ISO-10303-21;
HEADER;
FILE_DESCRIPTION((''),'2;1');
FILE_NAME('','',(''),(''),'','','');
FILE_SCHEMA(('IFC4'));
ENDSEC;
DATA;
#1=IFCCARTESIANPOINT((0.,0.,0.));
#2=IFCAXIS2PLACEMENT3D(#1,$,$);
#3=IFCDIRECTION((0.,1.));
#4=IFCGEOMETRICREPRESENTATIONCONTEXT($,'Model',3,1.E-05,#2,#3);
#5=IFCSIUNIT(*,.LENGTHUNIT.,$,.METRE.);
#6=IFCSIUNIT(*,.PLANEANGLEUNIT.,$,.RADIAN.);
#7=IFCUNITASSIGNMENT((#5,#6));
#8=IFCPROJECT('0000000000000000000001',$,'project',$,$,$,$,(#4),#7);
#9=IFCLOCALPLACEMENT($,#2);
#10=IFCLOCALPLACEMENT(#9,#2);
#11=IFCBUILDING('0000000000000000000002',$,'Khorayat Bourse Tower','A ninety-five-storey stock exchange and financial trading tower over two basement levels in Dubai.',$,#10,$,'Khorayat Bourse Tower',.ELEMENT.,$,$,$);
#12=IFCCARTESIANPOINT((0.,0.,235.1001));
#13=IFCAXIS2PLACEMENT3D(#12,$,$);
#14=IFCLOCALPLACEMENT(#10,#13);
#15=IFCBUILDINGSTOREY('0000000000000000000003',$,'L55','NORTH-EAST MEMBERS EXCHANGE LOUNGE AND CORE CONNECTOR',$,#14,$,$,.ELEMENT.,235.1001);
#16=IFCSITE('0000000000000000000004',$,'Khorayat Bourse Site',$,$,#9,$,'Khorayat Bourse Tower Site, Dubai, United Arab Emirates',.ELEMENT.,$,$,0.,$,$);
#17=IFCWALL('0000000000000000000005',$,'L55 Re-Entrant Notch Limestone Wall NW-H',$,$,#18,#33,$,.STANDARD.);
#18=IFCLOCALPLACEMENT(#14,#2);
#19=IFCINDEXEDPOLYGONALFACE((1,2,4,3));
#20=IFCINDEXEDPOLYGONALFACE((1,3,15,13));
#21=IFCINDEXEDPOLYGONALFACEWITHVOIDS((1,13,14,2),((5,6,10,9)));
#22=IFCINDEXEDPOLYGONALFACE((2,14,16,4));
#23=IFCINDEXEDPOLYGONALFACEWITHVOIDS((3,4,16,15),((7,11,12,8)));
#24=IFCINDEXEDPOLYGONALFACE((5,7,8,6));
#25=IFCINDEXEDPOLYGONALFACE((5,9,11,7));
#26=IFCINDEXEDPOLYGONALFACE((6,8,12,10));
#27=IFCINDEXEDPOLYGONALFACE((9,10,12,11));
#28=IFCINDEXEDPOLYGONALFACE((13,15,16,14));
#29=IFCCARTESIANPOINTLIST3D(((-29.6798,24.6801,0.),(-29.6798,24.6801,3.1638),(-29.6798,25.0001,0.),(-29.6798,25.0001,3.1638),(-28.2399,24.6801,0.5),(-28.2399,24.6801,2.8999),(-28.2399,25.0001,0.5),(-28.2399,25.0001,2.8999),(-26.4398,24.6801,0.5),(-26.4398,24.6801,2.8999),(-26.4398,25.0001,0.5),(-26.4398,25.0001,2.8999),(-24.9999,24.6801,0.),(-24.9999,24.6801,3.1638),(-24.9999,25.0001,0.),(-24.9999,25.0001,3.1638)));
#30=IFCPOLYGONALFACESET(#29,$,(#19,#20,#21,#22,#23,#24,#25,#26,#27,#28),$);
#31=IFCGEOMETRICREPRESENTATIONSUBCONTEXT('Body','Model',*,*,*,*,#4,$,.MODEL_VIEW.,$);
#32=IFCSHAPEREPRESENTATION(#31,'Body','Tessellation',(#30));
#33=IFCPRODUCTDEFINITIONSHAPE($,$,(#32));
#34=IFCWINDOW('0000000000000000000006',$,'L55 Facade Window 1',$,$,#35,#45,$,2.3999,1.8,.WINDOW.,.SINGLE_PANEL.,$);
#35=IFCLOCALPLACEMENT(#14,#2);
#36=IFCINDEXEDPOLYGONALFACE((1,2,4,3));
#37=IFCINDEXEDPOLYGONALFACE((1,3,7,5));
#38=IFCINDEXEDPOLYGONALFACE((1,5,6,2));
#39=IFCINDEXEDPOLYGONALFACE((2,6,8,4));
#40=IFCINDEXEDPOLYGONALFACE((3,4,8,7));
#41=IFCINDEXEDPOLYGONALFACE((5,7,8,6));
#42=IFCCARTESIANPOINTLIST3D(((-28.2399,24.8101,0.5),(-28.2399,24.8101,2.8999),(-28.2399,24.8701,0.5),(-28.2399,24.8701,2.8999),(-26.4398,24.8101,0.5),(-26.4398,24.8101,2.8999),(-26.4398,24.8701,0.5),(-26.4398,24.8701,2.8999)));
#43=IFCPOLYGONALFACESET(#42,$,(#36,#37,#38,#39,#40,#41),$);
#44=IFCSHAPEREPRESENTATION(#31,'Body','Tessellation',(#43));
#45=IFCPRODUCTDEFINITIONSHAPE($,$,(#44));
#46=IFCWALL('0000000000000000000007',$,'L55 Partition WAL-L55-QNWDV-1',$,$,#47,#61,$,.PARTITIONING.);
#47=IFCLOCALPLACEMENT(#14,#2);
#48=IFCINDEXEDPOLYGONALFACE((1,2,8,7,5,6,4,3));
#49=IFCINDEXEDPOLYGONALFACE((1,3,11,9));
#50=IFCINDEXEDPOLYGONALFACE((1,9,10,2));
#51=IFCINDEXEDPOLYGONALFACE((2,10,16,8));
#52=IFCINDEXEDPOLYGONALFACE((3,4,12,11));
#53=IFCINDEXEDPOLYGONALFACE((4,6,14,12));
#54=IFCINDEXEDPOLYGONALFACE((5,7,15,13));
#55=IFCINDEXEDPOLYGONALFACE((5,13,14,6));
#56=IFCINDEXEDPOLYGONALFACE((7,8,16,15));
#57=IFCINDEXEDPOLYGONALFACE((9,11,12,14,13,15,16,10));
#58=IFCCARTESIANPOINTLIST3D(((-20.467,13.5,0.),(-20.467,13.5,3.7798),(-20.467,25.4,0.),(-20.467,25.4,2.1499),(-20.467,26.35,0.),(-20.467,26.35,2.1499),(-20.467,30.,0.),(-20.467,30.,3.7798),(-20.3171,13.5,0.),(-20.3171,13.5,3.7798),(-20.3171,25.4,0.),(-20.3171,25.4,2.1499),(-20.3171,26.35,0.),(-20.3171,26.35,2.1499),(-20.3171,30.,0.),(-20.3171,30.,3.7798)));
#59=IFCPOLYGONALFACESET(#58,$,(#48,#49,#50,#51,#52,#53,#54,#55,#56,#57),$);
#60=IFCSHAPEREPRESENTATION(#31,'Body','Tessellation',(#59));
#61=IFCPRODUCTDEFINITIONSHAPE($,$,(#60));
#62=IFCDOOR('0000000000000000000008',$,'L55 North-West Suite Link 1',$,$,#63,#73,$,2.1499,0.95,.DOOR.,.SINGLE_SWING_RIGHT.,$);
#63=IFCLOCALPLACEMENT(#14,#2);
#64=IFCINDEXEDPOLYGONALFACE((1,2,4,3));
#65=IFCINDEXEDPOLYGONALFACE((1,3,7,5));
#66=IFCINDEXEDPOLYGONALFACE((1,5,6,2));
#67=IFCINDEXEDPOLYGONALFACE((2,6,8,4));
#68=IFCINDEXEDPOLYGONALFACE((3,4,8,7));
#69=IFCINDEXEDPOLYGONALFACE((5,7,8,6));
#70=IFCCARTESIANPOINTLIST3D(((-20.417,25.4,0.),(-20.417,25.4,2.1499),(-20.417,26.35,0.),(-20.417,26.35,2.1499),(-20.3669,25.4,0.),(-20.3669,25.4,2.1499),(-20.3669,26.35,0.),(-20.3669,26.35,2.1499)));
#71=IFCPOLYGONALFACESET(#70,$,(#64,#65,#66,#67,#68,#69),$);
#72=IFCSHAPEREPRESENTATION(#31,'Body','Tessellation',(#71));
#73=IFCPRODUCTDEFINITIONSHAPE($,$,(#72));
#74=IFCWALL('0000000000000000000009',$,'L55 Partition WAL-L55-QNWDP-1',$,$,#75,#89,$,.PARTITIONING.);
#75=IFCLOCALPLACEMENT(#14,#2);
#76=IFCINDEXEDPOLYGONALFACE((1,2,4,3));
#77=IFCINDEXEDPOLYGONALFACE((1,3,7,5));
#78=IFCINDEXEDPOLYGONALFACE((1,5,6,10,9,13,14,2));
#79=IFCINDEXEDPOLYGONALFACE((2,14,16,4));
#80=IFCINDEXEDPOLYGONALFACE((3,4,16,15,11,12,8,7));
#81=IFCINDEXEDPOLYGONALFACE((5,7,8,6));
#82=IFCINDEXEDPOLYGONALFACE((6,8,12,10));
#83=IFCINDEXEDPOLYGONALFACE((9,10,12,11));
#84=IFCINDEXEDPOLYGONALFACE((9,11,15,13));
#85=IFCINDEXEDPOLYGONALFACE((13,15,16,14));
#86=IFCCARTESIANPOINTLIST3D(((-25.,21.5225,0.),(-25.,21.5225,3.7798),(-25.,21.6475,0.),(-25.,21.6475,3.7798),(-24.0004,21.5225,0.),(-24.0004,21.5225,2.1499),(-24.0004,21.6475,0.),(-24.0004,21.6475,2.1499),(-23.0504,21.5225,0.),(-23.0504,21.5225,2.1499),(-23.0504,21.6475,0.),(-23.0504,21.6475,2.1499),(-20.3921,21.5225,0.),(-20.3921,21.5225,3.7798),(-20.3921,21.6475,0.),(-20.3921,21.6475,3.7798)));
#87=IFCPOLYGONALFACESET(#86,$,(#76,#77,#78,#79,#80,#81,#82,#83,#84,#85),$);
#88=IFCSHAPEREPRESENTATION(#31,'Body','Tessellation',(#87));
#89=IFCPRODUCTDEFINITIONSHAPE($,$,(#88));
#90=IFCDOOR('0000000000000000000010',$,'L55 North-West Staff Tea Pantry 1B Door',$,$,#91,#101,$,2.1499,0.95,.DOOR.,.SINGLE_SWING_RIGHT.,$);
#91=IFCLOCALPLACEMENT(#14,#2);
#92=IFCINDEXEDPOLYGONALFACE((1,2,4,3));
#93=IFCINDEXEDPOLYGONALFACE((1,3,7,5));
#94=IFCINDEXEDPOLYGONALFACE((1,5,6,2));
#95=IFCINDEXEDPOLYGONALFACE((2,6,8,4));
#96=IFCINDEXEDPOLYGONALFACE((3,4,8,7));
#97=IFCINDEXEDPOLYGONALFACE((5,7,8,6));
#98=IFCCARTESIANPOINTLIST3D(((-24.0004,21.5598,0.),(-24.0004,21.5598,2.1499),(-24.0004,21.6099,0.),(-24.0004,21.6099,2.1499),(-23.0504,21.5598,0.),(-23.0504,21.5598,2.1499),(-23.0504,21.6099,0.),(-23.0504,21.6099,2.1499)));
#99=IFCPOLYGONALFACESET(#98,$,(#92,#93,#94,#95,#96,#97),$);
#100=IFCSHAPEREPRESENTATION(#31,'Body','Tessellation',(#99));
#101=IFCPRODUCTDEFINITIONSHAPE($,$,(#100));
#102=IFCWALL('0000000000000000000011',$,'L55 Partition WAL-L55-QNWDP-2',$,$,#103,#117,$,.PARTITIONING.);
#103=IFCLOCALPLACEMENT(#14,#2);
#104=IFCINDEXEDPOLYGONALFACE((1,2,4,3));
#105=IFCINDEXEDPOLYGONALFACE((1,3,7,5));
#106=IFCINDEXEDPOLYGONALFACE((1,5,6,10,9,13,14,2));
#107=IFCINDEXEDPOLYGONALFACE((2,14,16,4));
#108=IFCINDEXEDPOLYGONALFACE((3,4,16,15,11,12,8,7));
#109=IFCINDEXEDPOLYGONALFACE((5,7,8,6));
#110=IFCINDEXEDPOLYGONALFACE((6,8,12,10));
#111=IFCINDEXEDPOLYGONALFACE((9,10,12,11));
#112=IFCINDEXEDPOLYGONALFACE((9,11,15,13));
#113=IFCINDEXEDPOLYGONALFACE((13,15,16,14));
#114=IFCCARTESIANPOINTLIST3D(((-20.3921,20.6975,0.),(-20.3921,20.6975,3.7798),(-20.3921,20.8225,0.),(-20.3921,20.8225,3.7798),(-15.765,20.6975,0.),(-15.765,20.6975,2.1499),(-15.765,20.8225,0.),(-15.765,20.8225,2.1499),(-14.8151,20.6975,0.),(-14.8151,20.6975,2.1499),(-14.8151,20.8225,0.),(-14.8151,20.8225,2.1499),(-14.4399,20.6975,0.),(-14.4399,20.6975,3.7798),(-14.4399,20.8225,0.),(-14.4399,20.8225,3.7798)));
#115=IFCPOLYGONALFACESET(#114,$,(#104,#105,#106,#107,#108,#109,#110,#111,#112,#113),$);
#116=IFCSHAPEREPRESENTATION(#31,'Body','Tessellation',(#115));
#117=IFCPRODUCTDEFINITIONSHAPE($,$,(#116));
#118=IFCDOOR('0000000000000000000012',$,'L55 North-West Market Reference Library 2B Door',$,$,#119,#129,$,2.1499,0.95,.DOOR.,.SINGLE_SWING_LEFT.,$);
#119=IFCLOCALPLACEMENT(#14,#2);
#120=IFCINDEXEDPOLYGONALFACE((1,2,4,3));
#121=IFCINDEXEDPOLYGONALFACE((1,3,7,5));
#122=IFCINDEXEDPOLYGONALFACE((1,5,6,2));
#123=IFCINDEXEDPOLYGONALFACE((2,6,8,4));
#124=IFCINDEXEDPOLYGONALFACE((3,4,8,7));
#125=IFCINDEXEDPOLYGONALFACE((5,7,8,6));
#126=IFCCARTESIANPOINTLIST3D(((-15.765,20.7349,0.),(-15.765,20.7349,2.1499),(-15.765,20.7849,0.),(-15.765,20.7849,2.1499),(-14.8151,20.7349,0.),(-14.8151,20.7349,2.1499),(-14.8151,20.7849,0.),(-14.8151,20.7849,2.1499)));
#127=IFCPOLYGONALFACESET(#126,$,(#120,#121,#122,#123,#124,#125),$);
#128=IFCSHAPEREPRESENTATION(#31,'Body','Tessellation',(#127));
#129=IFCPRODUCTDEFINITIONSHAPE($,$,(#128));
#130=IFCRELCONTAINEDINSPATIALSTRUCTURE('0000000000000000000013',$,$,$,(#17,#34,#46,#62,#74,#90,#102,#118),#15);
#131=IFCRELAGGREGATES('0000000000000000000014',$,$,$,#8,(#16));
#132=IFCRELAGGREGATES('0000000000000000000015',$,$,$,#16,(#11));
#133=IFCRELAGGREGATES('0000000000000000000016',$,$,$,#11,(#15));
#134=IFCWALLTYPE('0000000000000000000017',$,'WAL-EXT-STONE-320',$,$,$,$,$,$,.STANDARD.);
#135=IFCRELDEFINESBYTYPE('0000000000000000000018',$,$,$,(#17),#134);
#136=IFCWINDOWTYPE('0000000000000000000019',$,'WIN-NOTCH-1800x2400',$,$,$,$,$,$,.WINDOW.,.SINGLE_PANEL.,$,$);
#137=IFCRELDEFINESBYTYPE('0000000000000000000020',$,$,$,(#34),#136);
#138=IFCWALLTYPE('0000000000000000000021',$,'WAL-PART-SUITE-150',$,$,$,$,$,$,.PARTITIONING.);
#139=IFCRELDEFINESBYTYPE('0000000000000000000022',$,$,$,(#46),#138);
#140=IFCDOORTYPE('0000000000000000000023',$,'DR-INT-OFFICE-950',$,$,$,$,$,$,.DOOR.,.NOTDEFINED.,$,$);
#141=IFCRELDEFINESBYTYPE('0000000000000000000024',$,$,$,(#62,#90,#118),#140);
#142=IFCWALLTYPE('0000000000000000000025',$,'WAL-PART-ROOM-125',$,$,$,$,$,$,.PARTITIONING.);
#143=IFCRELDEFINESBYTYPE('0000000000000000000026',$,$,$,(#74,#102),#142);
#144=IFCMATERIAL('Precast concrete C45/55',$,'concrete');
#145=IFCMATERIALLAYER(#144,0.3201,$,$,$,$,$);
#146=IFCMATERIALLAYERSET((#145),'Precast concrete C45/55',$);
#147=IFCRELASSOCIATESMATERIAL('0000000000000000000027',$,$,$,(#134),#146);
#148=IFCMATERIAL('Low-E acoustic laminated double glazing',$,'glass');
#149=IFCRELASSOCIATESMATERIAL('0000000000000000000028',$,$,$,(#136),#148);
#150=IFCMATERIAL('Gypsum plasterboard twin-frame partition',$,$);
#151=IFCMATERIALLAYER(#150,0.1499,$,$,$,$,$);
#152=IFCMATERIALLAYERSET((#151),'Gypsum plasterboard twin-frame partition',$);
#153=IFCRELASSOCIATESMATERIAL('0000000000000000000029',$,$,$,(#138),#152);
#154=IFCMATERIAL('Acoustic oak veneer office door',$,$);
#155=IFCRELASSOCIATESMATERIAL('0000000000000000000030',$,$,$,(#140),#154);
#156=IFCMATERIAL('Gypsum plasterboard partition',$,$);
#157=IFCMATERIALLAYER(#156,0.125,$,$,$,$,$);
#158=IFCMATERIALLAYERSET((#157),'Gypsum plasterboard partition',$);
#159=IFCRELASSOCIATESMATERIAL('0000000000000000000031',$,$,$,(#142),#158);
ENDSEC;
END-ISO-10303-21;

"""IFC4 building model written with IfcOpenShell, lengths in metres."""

from ifc_helpers import new_model, si_unit, direction, frame, frame_2d, origin, place, context, subcontext, project, spatial, rectangle, extrude, source, transform, mapped, material, layer, layer_set, type_object, element, fill, save


model = new_model("IFC4")

# Units and contexts
model_context = context("Model", 3, precision=1e-05, world=origin(), true_north=direction((0.0, 1.0)))
body_context = subcontext(model_context, "Body", "Model", "MODEL_VIEW")
ifc_project = project(units=[si_unit("LENGTHUNIT", "METRE"), si_unit("PLANEANGLEUNIT", "RADIAN")], contexts=[model_context])

# Site, building, storey
site_placement = place(None, origin())
site = spatial("IfcSite", under=ifc_project, at=site_placement, Name="Khorayat Bourse Site", LongName="Khorayat Bourse Tower Site, Dubai, United Arab Emirates", CompositionType="ELEMENT", RefElevation=0.0)
building_placement = place(site_placement, origin())
building = spatial("IfcBuilding", under=site, at=building_placement, Name="Khorayat Bourse Tower", Description="A ninety-five-storey stock exchange and financial trading tower over two basement levels in Dubai.", LongName="Khorayat Bourse Tower", CompositionType="ELEMENT")
storey_placement = place(building_placement, frame((0.0, 0.0, 235.1001)))
storey = spatial("IfcBuildingStorey", under=building, at=storey_placement, Name="L55", Description="NORTH-EAST MEMBERS EXCHANGE LOUNGE AND CORE CONNECTOR", CompositionType="ELEMENT", Elevation=235.1001)

# Wall, opening, window
ifc_material_1 = material(Name="Precast concrete C45/55", Category="concrete")
ifc_layer_1 = layer(ifc_material_1, 0.3201)
ifc_layer_set_1 = layer_set([ifc_layer_1], Name="Precast concrete C45/55")
wall_type_1 = type_object("IfcWallType", Name="WAL-EXT-STONE-320", PredefinedType="STANDARD", material=ifc_layer_set_1)
shared_shape_1 = source(origin(), body_context, "Body", "SweptSolid", [
    extrude(rectangle(XDim=4.6799, YDim=0.3201, at=frame_2d((2.3398, 0.0))), origin(), (0.0, 0.0, 1.0), 3.1638),
])
shared_shape_2 = source(origin(), body_context, "Body", "SweptSolid", [
    extrude(rectangle(XDim=1.8, YDim=2.3999, at=frame_2d((0.8999, 1.2))), frame((0.0, 0.1699, 0.0), z_axis=(0.0, -1.0, 0.0), x_axis=(1.0, 0.0, 0.0)), (0.0, 0.0, 1.0), 0.3401),
])
ifc_material_2 = material(Name="Low-E acoustic laminated double glazing", Category="glass")
window_type = type_object("IfcWindowType", Name="WIN-NOTCH-1800x2400", PartitioningType="SINGLE_PANEL", PredefinedType="WINDOW", material=ifc_material_2)
shared_shape_3 = source(origin(), body_context, "Body", "SweptSolid", [
    extrude(rectangle(XDim=1.8, YDim=2.3999, at=frame_2d((0.8999, 1.2))), frame((0.0, 0.03, 0.0), z_axis=(0.0, -1.0, 0.0), x_axis=(1.0, 0.0, 0.0)), (0.0, 0.0, 1.0), 0.0601),
])
wall_1_placement = place(storey_placement, frame((-25.0, 24.8401, 0.0), z_axis=(0.0, 0.0, 1.0), x_axis=(-1.0, 0.0, 0.0)))
wall_1 = element("IfcWall", 1, at=wall_1_placement, inside=storey, type_object=wall_type_1, Name="L55 Re-Entrant Notch Limestone Wall NW-H", PredefinedType="STANDARD", context=body_context, shape_type="MappedRepresentation", body=[
    mapped(shared_shape_1, transform((0.0, 0.0, 0.0), scale=1.0)),
])
opening_1_placement = place(wall_1_placement, frame((1.4399, 0.0, 0.5)))
opening_1 = element("IfcOpeningElement", 2, at=opening_1_placement, cuts=wall_1, PredefinedType="OPENING", context=body_context, shape_type="MappedRepresentation", body=[
    mapped(shared_shape_2, transform((0.0, 0.0, 0.0), scale=1.0)),
])
window_1_placement = place(opening_1_placement, origin())
window_1 = element("IfcWindow", 3, at=window_1_placement, inside=storey, type_object=window_type, Name="L55 Facade Window 1", OverallHeight=2.3999, OverallWidth=1.8, PartitioningType="SINGLE_PANEL", PredefinedType="WINDOW", context=body_context, shape_type="MappedRepresentation", body=[
    mapped(shared_shape_3, transform((0.0, 0.0, 0.0), scale=1.0)),
])
fill(opening_1, window_1)

# Walls, openings, doors
ifc_material_3 = material(Name="Gypsum plasterboard twin-frame partition")
ifc_layer_2 = layer(ifc_material_3, 0.1499)
ifc_layer_set_2 = layer_set([ifc_layer_2], Name="Gypsum plasterboard twin-frame partition")
wall_type_2 = type_object("IfcWallType", Name="WAL-PART-SUITE-150", PredefinedType="PARTITIONING", material=ifc_layer_set_2)
shared_shape_4 = source(origin(), body_context, "Body", "SweptSolid", [
    extrude(rectangle(XDim=16.5, YDim=0.1499, at=frame_2d((8.25, 0.0))), origin(), (0.0, 0.0, 1.0), 3.7798),
])
wall_2_placement = place(storey_placement, frame((-20.3921, 13.5, 0.0), z_axis=(0.0, 0.0, 1.0), x_axis=(0.0, 1.0, 0.0)))
wall_2 = element("IfcWall", 4, at=wall_2_placement, inside=storey, type_object=wall_type_2, Name="L55 Partition WAL-L55-QNWDV-1", PredefinedType="PARTITIONING", context=body_context, shape_type="MappedRepresentation", body=[
    mapped(shared_shape_4, transform((0.0, 0.0, 0.0), scale=1.0)),
])
shared_shape_5 = source(origin(), body_context, "Body", "SweptSolid", [
    extrude(rectangle(XDim=0.95, YDim=2.1499, at=frame_2d((0.4751, 1.075))), frame((0.0, 0.085, 0.0), z_axis=(0.0, -1.0, 0.0), x_axis=(1.0, 0.0, 0.0)), (0.0, 0.0, 1.0), 0.1699),
])
opening_2_placement = place(wall_2_placement, frame((11.8999, 0.0, 0.0)))
opening_2 = element("IfcOpeningElement", 5, at=opening_2_placement, cuts=wall_2, PredefinedType="OPENING", context=body_context, shape_type="MappedRepresentation", body=[
    mapped(shared_shape_5, transform((0.0, 0.0, 0.0), scale=1.0)),
])
ifc_material_4 = material(Name="Acoustic oak veneer office door")
door_type = type_object("IfcDoorType", Name="DR-INT-OFFICE-950", OperationType="NOTDEFINED", PredefinedType="DOOR", material=ifc_material_4)
shared_shape_6 = source(origin(), body_context, "Body", "SweptSolid", [
    extrude(rectangle(XDim=0.95, YDim=2.1499, at=frame_2d((0.4751, 1.075))), frame((0.0, 0.0249, 0.0), z_axis=(0.0, -1.0, 0.0), x_axis=(1.0, 0.0, 0.0)), (0.0, 0.0, 1.0), 0.05),
])
door_1_placement = place(opening_2_placement, origin())
door_1 = element("IfcDoor", 6, at=door_1_placement, inside=storey, type_object=door_type, Name="L55 North-West Suite Link 1", OperationType="SINGLE_SWING_RIGHT", OverallHeight=2.1499, OverallWidth=0.95, PredefinedType="DOOR", context=body_context, shape_type="MappedRepresentation", body=[
    mapped(shared_shape_6, transform((0.0, 0.0, 0.0), scale=1.0)),
])
fill(opening_2, door_1)
ifc_material_5 = material(Name="Gypsum plasterboard partition")
ifc_layer_3 = layer(ifc_material_5, 0.125)
ifc_layer_set_3 = layer_set([ifc_layer_3], Name="Gypsum plasterboard partition")
wall_type_3 = type_object("IfcWallType", Name="WAL-PART-ROOM-125", PredefinedType="PARTITIONING", material=ifc_layer_set_3)
shared_shape_7 = source(origin(), body_context, "Body", "SweptSolid", [
    extrude(rectangle(XDim=4.6079, YDim=0.125, at=frame_2d((2.304, 0.0))), origin(), (0.0, 0.0, 1.0), 3.7798),
])
wall_3_placement = place(storey_placement, frame((-25.0, 21.585, 0.0), z_axis=(0.0, 0.0, 1.0), x_axis=(1.0, 0.0, 0.0)))
wall_3 = element("IfcWall", 7, at=wall_3_placement, inside=storey, type_object=wall_type_3, Name="L55 Partition WAL-L55-QNWDP-1", PredefinedType="PARTITIONING", context=body_context, shape_type="MappedRepresentation", body=[
    mapped(shared_shape_7, transform((0.0, 0.0, 0.0), scale=1.0)),
])
shared_shape_8 = source(origin(), body_context, "Body", "SweptSolid", [
    extrude(rectangle(XDim=0.95, YDim=2.1499, at=frame_2d((0.4751, 1.075))), frame((0.0, 0.0725, 0.0), z_axis=(0.0, -1.0, 0.0), x_axis=(1.0, 0.0, 0.0)), (0.0, 0.0, 1.0), 0.145),
])
opening_3_placement = place(wall_3_placement, frame((0.9995, 0.0, 0.0)))
opening_3 = element("IfcOpeningElement", 8, at=opening_3_placement, cuts=wall_3, PredefinedType="OPENING", context=body_context, shape_type="MappedRepresentation", body=[
    mapped(shared_shape_8, transform((0.0, 0.0, 0.0), scale=1.0)),
])
door_2_placement = place(opening_3_placement, origin())
door_2 = element("IfcDoor", 9, at=door_2_placement, inside=storey, type_object=door_type, Name="L55 North-West Staff Tea Pantry 1B Door", OperationType="SINGLE_SWING_RIGHT", OverallHeight=2.1499, OverallWidth=0.95, PredefinedType="DOOR", context=body_context, shape_type="MappedRepresentation", body=[
    mapped(shared_shape_6, transform((0.0, 0.0, 0.0), scale=1.0)),
])
fill(opening_3, door_2)
shared_shape_9 = source(origin(), body_context, "Body", "SweptSolid", [
    extrude(rectangle(XDim=5.9521, YDim=0.125, at=frame_2d((2.9761, 0.0))), origin(), (0.0, 0.0, 1.0), 3.7798),
])
wall_4_placement = place(storey_placement, frame((-20.3921, 20.76, 0.0), z_axis=(0.0, 0.0, 1.0), x_axis=(1.0, 0.0, 0.0)))
wall_4 = element("IfcWall", 10, at=wall_4_placement, inside=storey, type_object=wall_type_3, Name="L55 Partition WAL-L55-QNWDP-2", PredefinedType="PARTITIONING", context=body_context, shape_type="MappedRepresentation", body=[
    mapped(shared_shape_9, transform((0.0, 0.0, 0.0), scale=1.0)),
])
opening_4_placement = place(wall_4_placement, frame((4.627, 0.0, 0.0)))
opening_4 = element("IfcOpeningElement", 11, at=opening_4_placement, cuts=wall_4, PredefinedType="OPENING", context=body_context, shape_type="MappedRepresentation", body=[
    mapped(shared_shape_8, transform((0.0, 0.0, 0.0), scale=1.0)),
])
door_3_placement = place(opening_4_placement, origin())
door_3 = element("IfcDoor", 12, at=door_3_placement, inside=storey, type_object=door_type, Name="L55 North-West Market Reference Library 2B Door", OperationType="SINGLE_SWING_LEFT", OverallHeight=2.1499, OverallWidth=0.95, PredefinedType="DOOR", context=body_context, shape_type="MappedRepresentation", body=[
    mapped(shared_shape_6, transform((0.0, 0.0, 0.0), scale=1.0)),
])
fill(opening_4, door_3)

save(model, "model.ifc")
